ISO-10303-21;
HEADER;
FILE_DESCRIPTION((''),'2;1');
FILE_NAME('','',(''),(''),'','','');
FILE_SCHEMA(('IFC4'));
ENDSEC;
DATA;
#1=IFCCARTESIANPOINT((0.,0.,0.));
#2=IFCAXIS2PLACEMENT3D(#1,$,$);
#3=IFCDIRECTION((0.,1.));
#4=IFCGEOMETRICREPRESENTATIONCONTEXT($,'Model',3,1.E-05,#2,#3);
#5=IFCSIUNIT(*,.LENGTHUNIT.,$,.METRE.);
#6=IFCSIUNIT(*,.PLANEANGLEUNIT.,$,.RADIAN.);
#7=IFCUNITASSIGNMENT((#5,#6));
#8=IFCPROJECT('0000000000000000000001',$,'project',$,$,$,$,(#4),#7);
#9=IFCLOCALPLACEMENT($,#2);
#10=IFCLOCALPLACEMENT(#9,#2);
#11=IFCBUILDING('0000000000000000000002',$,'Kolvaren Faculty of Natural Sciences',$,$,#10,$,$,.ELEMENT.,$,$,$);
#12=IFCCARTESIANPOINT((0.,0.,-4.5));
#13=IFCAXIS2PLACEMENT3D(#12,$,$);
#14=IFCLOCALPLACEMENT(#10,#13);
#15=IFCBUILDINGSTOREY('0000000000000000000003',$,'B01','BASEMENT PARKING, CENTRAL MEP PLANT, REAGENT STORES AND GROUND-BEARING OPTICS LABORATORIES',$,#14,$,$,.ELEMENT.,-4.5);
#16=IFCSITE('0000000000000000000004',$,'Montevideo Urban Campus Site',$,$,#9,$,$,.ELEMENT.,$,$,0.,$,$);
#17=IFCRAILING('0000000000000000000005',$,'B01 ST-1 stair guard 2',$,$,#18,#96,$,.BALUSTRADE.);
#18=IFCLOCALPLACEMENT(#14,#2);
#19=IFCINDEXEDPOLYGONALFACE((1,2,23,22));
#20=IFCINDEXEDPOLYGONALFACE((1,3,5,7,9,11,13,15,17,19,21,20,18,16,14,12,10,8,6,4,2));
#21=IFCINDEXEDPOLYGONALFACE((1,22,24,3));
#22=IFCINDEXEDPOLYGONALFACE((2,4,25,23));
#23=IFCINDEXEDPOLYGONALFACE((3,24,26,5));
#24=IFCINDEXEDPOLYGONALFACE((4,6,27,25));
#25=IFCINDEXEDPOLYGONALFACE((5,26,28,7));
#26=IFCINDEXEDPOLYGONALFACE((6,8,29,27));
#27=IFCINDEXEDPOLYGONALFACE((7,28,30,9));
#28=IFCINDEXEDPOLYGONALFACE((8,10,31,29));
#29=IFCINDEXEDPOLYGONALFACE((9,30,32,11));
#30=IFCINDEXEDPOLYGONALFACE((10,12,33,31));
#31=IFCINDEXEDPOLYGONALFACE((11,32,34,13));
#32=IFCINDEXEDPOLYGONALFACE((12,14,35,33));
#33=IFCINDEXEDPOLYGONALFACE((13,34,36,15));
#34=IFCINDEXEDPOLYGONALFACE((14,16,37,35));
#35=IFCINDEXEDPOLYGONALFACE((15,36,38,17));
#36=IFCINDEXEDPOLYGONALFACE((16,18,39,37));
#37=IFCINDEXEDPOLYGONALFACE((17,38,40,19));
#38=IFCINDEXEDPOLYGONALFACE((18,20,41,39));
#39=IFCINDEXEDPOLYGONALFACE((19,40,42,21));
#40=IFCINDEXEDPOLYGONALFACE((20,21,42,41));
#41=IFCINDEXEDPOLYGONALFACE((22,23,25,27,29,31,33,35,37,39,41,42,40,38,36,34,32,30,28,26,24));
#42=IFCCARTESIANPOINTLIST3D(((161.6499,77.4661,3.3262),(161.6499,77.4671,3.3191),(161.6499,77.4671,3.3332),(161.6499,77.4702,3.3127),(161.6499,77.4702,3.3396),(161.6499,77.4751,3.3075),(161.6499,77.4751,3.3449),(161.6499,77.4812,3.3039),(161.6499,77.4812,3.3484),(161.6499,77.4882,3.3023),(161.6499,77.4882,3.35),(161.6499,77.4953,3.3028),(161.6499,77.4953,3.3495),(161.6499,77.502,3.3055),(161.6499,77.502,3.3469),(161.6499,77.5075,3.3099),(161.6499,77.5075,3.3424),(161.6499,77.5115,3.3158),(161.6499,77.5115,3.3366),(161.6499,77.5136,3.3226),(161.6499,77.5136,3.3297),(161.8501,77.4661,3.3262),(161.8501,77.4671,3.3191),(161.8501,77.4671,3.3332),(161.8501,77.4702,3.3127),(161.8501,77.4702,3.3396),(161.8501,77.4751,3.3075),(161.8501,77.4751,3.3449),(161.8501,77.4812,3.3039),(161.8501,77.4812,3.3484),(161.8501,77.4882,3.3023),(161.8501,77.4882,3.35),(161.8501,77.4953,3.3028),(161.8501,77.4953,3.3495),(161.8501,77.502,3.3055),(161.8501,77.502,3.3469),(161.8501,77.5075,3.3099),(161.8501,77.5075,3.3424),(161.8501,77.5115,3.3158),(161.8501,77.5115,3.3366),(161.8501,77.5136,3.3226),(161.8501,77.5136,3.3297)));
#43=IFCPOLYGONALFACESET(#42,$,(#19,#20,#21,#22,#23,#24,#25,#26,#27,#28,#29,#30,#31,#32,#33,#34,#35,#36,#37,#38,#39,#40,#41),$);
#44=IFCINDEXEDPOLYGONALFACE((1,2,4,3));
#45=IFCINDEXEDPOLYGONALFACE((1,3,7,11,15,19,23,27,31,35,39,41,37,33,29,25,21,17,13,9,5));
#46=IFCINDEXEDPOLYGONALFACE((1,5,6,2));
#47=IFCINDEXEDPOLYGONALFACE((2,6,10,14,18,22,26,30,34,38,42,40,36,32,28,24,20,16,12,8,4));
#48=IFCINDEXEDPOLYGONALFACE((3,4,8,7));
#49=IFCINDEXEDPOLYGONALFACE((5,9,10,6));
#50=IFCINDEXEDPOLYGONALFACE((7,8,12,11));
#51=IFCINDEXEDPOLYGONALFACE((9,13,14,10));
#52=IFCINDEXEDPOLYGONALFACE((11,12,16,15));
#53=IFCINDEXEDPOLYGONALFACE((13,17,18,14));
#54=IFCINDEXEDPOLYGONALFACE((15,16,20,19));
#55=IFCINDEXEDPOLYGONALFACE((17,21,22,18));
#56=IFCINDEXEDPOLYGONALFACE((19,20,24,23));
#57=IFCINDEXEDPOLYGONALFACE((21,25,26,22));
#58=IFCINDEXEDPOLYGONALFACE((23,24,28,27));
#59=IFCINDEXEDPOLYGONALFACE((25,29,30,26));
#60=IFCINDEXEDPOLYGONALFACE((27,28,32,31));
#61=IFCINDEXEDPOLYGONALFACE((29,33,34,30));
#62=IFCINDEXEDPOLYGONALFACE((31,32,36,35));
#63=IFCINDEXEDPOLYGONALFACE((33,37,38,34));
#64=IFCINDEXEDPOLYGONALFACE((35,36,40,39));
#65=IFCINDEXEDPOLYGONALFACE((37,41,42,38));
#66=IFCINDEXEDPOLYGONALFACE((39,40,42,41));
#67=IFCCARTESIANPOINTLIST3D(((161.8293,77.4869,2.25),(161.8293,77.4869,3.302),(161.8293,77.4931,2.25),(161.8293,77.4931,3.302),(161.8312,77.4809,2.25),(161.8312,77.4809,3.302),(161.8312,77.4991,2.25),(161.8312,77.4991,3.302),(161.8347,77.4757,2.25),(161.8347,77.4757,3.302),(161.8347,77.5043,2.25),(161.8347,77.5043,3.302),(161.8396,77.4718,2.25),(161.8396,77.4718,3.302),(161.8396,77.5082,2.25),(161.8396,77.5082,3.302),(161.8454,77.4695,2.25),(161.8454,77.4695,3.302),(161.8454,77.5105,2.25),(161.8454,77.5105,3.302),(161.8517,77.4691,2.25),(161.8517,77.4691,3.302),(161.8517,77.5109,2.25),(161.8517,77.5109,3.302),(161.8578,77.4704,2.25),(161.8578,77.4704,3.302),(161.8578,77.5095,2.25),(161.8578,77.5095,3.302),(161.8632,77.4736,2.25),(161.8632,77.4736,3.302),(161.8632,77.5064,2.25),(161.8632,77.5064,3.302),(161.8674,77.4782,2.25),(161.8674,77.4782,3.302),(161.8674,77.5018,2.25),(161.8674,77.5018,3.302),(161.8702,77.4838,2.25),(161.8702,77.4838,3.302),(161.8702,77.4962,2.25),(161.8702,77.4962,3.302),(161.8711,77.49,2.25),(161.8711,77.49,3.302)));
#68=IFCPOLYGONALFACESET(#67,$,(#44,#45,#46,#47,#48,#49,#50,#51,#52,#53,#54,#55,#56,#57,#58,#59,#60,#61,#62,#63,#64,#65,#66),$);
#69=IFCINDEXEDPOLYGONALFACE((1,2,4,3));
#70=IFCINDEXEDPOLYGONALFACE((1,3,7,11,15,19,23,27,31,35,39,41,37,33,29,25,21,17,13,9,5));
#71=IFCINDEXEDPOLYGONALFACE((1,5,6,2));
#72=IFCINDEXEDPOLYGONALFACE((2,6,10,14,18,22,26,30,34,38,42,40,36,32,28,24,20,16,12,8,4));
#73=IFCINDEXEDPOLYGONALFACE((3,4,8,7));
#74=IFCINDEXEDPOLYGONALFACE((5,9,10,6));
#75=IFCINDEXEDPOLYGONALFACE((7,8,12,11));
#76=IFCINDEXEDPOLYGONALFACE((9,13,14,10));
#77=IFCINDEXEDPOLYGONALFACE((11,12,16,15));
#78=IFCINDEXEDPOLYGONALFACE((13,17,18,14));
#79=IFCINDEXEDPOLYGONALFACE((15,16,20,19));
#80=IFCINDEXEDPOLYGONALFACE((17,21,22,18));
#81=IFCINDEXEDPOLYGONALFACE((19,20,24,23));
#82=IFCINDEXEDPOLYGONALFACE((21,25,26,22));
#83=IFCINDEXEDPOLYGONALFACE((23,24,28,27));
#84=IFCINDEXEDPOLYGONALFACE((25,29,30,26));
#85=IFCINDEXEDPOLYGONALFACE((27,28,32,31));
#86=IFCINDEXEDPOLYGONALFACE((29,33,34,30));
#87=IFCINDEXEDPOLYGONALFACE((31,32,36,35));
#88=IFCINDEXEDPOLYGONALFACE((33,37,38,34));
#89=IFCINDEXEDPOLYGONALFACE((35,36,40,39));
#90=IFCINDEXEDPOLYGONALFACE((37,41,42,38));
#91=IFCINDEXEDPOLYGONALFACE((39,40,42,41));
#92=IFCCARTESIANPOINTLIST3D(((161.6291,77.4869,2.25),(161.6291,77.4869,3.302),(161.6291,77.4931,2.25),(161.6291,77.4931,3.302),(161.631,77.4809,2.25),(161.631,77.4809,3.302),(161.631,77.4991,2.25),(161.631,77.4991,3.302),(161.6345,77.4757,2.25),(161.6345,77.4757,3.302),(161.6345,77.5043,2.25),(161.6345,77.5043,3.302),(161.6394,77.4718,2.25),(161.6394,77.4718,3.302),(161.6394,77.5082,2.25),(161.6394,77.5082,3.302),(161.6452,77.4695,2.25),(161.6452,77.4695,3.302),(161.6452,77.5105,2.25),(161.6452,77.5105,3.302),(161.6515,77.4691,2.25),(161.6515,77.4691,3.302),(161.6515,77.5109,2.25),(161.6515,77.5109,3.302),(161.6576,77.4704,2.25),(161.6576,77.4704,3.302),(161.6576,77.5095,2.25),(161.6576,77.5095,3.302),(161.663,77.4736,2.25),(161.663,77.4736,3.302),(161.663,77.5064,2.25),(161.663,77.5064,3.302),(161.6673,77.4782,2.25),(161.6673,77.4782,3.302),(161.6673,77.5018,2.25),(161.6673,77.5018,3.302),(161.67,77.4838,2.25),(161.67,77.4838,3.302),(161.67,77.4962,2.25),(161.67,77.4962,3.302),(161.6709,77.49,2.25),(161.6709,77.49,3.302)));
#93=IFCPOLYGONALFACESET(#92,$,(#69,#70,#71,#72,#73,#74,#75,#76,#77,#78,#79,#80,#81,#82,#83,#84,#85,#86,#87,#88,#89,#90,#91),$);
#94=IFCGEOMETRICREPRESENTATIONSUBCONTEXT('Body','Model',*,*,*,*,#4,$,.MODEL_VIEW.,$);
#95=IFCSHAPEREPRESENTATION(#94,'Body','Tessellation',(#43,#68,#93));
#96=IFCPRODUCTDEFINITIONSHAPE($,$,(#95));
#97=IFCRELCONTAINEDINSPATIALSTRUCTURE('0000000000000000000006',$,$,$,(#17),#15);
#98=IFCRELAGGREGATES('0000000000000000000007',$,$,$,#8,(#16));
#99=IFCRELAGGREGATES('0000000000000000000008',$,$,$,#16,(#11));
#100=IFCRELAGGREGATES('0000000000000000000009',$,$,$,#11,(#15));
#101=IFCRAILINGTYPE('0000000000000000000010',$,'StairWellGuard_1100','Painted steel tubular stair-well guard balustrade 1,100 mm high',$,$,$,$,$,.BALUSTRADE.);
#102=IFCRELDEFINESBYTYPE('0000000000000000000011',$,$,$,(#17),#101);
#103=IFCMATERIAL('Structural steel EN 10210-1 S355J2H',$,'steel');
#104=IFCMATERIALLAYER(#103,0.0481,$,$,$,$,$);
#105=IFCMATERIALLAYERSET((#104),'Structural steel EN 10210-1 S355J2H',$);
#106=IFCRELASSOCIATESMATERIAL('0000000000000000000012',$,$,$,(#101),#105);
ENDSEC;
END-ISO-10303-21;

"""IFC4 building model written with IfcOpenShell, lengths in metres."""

from ifc_helpers import new_model, si_unit, direction, frame, origin, origin_2d, place, context, subcontext, project, spatial, circle, extrude, material, layer, layer_set, type_object, element, save


model = new_model("IFC4")

# Units and contexts
model_context = context("Model", 3, precision=1e-05, world=origin(), true_north=direction((0.0, 1.0)))
body_context = subcontext(model_context, "Body", "Model", "MODEL_VIEW")
ifc_project = project(units=[si_unit("LENGTHUNIT", "METRE"), si_unit("PLANEANGLEUNIT", "RADIAN")], contexts=[model_context])

# Site, building, storey
site_placement = place(None, origin())
site = spatial("IfcSite", under=ifc_project, at=site_placement, Name="Montevideo Urban Campus Site", CompositionType="ELEMENT", RefElevation=0.0)
building_placement = place(site_placement, origin())
building = spatial("IfcBuilding", under=site, at=building_placement, Name="Kolvaren Faculty of Natural Sciences", CompositionType="ELEMENT")
storey_placement = place(building_placement, frame((0.0, 0.0, -4.5)))
storey = spatial("IfcBuildingStorey", under=building, at=storey_placement, Name="B01", Description="BASEMENT PARKING, CENTRAL MEP PLANT, REAGENT STORES AND GROUND-BEARING OPTICS LABORATORIES", CompositionType="ELEMENT", Elevation=-4.5)

# Railing
ifc_material_1 = material(Name="Structural steel EN 10210-1 S355J2H", Category="steel")
ifc_layer_1 = layer(ifc_material_1, 0.0481)
ifc_layer_set_1 = layer_set([ifc_layer_1], Name="Structural steel EN 10210-1 S355J2H")
railing_type_1 = type_object("IfcRailingType", Name="StairWellGuard_1100", Description="Painted steel tubular stair-well guard balustrade 1,100 mm high", PredefinedType="BALUSTRADE", material=ifc_layer_set_1)
railing_1_placement = place(storey_placement, frame((161.8501, 77.49, 2.25)))
element("IfcRailing", 1, at=railing_1_placement, inside=storey, type_object=railing_type_1, Name="B01 ST-1 stair guard 2", PredefinedType="BALUSTRADE", context=body_context, shape_type="SweptSolid", body=[
    extrude(circle(Radius=0.0239, at=origin_2d()), frame((0.0, 0.0, 1.0762), z_axis=(-1.0, 0.0, 0.0), x_axis=(0.0, -1.0, 0.0)), (0.0, 0.0, 1.0), 0.2002),
    extrude(circle(Radius=0.021, at=origin_2d()), origin(), (0.0, 0.0, 1.0), 1.052),
    extrude(circle(Radius=0.021, at=origin_2d()), frame((-0.2002, 0.0, 0.0)), (0.0, 0.0, 1.0), 1.052),
])

save(model, "model.ifc")
